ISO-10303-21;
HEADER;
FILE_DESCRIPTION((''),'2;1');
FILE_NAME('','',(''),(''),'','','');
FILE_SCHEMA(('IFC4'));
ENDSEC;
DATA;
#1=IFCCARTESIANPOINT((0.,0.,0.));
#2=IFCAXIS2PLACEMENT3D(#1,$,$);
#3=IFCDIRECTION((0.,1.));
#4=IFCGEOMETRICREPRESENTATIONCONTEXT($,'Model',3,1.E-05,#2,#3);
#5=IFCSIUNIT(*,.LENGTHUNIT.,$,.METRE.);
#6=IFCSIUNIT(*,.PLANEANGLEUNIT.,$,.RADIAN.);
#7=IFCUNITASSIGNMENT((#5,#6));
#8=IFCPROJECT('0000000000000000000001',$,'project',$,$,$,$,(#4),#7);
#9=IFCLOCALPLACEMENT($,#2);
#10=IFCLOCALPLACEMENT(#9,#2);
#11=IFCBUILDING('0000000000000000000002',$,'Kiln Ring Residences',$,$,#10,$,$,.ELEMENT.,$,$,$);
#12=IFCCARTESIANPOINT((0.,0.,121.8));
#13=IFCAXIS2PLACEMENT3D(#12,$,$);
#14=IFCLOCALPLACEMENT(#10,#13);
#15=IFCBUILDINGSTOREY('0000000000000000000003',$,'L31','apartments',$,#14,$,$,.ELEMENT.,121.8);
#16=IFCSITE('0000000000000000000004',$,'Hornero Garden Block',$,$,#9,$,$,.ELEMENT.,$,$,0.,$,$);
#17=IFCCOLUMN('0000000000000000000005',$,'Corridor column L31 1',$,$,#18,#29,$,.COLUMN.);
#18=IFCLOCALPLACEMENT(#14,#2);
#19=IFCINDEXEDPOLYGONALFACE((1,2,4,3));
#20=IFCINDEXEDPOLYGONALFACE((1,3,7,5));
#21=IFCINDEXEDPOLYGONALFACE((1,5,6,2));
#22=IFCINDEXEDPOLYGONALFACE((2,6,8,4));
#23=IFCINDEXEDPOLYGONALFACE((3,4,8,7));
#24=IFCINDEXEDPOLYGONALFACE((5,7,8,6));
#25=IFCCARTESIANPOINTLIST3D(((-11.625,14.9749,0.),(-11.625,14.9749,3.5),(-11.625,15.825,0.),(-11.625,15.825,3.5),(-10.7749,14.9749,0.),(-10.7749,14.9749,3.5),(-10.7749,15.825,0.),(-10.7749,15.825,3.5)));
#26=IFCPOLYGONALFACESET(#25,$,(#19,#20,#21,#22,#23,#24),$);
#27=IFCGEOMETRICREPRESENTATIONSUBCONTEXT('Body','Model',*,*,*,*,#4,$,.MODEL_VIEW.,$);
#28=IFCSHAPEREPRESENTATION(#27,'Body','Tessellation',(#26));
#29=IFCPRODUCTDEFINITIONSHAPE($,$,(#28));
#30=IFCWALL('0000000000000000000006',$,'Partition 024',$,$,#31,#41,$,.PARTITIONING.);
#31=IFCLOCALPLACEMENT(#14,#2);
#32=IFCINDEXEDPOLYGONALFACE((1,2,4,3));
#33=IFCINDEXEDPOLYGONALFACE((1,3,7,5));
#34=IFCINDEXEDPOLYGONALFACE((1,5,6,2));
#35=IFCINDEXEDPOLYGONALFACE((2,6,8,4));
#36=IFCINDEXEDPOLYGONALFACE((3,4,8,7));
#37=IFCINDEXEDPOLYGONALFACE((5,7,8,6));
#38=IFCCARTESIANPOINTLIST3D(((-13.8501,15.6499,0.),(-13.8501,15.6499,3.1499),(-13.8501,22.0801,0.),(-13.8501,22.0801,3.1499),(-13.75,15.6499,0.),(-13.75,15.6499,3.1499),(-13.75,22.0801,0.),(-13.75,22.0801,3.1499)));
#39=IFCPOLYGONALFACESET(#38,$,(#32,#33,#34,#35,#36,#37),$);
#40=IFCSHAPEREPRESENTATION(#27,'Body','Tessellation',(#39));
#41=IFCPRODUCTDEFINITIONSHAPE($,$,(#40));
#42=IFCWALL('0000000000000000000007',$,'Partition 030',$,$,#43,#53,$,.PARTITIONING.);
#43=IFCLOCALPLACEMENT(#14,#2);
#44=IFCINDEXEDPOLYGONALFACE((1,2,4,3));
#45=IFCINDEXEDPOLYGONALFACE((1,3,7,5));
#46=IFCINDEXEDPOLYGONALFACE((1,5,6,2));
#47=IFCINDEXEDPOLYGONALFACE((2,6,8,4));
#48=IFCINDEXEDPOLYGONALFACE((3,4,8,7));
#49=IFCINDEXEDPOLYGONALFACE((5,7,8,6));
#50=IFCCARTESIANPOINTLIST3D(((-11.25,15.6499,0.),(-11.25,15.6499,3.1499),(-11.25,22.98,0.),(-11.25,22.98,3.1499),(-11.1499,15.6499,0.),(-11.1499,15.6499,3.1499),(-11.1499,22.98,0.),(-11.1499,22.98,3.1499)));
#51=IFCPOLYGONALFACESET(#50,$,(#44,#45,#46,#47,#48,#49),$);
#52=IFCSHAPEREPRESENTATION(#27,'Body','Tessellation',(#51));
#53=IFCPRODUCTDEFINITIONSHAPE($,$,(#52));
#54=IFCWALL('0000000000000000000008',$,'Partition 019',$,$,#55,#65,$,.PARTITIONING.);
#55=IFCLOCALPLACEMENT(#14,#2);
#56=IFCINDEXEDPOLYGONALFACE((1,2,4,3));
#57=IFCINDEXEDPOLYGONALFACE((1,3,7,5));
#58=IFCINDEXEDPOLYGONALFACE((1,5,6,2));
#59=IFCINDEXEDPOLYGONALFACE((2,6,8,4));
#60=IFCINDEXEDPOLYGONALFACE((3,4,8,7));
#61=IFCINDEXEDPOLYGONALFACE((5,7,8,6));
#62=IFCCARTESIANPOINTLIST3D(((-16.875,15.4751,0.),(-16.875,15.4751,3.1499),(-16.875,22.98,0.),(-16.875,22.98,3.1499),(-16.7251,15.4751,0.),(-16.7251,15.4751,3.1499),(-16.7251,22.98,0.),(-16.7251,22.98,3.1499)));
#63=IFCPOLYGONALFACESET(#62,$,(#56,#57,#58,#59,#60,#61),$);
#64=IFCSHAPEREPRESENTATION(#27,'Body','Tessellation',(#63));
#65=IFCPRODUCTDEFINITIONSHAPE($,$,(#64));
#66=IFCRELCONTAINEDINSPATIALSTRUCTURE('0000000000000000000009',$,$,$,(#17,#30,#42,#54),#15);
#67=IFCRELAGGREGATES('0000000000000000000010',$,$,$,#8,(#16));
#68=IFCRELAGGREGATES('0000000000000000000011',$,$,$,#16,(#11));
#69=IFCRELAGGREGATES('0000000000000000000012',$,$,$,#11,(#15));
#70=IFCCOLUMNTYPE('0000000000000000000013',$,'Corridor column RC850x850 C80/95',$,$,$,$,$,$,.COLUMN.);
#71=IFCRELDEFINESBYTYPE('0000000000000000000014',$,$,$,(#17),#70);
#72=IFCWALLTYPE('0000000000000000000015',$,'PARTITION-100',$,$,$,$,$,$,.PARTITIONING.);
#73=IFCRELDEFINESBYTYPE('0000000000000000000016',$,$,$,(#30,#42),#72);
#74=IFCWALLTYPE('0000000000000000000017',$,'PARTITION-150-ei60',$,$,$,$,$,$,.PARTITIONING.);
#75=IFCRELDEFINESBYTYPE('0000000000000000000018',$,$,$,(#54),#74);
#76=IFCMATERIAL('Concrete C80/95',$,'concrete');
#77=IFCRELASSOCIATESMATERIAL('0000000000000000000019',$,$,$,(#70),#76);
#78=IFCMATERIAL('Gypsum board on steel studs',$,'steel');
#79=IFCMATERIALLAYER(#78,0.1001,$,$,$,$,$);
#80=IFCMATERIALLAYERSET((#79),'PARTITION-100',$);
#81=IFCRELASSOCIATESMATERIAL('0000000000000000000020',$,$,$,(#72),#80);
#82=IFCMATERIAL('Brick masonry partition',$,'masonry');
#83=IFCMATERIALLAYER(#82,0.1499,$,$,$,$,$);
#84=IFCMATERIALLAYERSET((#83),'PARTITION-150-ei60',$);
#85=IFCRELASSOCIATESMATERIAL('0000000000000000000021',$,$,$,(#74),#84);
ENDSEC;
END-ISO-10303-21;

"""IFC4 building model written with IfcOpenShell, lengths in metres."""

from ifc_helpers import new_model, si_unit, direction, frame, frame_2d, origin, origin_2d, place, context, subcontext, project, spatial, rectangle, extrude, material, layer, layer_set, material_profile, profile_set, type_object, element, save


model = new_model("IFC4")

# Units and contexts
model_context = context("Model", 3, precision=1e-05, world=origin(), true_north=direction((0.0, 1.0)))
body_context = subcontext(model_context, "Body", "Model", "MODEL_VIEW")
ifc_project = project(units=[si_unit("LENGTHUNIT", "METRE"), si_unit("PLANEANGLEUNIT", "RADIAN")], contexts=[model_context])

# Site, building, storey
site_placement = place(None, origin())
site = spatial("IfcSite", under=ifc_project, at=site_placement, Name="Hornero Garden Block", CompositionType="ELEMENT", RefElevation=0.0)
building_placement = place(site_placement, origin())
building = spatial("IfcBuilding", under=site, at=building_placement, Name="Kiln Ring Residences", CompositionType="ELEMENT")
storey_placement = place(building_placement, frame((0.0, 0.0, 121.8)))
storey = spatial("IfcBuildingStorey", under=building, at=storey_placement, Name="L31", Description="apartments", CompositionType="ELEMENT", Elevation=121.8)

# Column
ifc_material_1 = material(Name="Concrete C80/95", Category="concrete")
ifc_material_profile = material_profile(ifc_material_1, rectangle(XDim=0.8501, YDim=0.8501, at=origin_2d()), Name="RC850x850")
ifc_profile_set = profile_set([ifc_material_profile], Name="Concrete C80/95")
column_type = type_object("IfcColumnType", Name="Corridor column RC850x850 C80/95", PredefinedType="COLUMN", material=ifc_profile_set)
column_placement = place(storey_placement, frame((-11.2, 15.3999, 0.0), z_axis=(0.0, 0.0, 1.0), x_axis=(1.0, 0.0, 0.0)))
element("IfcColumn", 1, at=column_placement, inside=storey, type_object=column_type, Name="Corridor column L31 1", PredefinedType="COLUMN", context=body_context, shape_type="SweptSolid", body=[
    extrude(rectangle(XDim=0.8501, YDim=0.8501, at=origin_2d()), origin(), (0.0, 0.0, 1.0), 3.5),
])

# Shared definitions
ifc_material_2 = material(Name="Gypsum board on steel studs", Category="steel")
ifc_layer_1 = layer(ifc_material_2, 0.1001)
ifc_layer_set_1 = layer_set([ifc_layer_1], Name="PARTITION-100")
wall_type_1 = type_object("IfcWallType", Name="PARTITION-100", PredefinedType="PARTITIONING", material=ifc_layer_set_1)

# Walls
wall_1_placement = place(storey_placement, frame((-13.8, 15.6499, 0.0), z_axis=(0.0, 0.0, 1.0), x_axis=(0.0, 1.0, 0.0)))
element("IfcWall", 2, at=wall_1_placement, inside=storey, type_object=wall_type_1, Name="Partition 024", PredefinedType="PARTITIONING", context=body_context, shape_type="SweptSolid", body=[
    extrude(rectangle(XDim=6.4302, YDim=0.1001, at=frame_2d((3.2151, 0.0))), origin(), (0.0, 0.0, 1.0), 3.1499),
])
wall_2_placement = place(storey_placement, frame((-11.2, 15.6499, 0.0), z_axis=(0.0, 0.0, 1.0), x_axis=(0.0, 1.0, 0.0)))
element("IfcWall", 3, at=wall_2_placement, inside=storey, type_object=wall_type_1, Name="Partition 030", PredefinedType="PARTITIONING", context=body_context, shape_type="SweptSolid", body=[
    extrude(rectangle(XDim=7.3301, YDim=0.1001, at=frame_2d((3.665, 0.0))), origin(), (0.0, 0.0, 1.0), 3.1499),
])
ifc_material_3 = material(Name="Brick masonry partition", Category="masonry")
ifc_layer_2 = layer(ifc_material_3, 0.1499)
ifc_layer_set_2 = layer_set([ifc_layer_2], Name="PARTITION-150-ei60")
wall_type_2 = type_object("IfcWallType", Name="PARTITION-150-ei60", PredefinedType="PARTITIONING", material=ifc_layer_set_2)
wall_3_placement = place(storey_placement, frame((-16.8, 15.4751, 0.0), z_axis=(0.0, 0.0, 1.0), x_axis=(0.0, 1.0, 0.0)))
element("IfcWall", 4, at=wall_3_placement, inside=storey, type_object=wall_type_2, Name="Partition 019", PredefinedType="PARTITIONING", context=body_context, shape_type="SweptSolid", body=[
    extrude(rectangle(XDim=7.5049, YDim=0.1499, at=frame_2d((3.7524, 0.0))), origin(), (0.0, 0.0, 1.0), 3.1499),
])

save(model, "model.ifc")
